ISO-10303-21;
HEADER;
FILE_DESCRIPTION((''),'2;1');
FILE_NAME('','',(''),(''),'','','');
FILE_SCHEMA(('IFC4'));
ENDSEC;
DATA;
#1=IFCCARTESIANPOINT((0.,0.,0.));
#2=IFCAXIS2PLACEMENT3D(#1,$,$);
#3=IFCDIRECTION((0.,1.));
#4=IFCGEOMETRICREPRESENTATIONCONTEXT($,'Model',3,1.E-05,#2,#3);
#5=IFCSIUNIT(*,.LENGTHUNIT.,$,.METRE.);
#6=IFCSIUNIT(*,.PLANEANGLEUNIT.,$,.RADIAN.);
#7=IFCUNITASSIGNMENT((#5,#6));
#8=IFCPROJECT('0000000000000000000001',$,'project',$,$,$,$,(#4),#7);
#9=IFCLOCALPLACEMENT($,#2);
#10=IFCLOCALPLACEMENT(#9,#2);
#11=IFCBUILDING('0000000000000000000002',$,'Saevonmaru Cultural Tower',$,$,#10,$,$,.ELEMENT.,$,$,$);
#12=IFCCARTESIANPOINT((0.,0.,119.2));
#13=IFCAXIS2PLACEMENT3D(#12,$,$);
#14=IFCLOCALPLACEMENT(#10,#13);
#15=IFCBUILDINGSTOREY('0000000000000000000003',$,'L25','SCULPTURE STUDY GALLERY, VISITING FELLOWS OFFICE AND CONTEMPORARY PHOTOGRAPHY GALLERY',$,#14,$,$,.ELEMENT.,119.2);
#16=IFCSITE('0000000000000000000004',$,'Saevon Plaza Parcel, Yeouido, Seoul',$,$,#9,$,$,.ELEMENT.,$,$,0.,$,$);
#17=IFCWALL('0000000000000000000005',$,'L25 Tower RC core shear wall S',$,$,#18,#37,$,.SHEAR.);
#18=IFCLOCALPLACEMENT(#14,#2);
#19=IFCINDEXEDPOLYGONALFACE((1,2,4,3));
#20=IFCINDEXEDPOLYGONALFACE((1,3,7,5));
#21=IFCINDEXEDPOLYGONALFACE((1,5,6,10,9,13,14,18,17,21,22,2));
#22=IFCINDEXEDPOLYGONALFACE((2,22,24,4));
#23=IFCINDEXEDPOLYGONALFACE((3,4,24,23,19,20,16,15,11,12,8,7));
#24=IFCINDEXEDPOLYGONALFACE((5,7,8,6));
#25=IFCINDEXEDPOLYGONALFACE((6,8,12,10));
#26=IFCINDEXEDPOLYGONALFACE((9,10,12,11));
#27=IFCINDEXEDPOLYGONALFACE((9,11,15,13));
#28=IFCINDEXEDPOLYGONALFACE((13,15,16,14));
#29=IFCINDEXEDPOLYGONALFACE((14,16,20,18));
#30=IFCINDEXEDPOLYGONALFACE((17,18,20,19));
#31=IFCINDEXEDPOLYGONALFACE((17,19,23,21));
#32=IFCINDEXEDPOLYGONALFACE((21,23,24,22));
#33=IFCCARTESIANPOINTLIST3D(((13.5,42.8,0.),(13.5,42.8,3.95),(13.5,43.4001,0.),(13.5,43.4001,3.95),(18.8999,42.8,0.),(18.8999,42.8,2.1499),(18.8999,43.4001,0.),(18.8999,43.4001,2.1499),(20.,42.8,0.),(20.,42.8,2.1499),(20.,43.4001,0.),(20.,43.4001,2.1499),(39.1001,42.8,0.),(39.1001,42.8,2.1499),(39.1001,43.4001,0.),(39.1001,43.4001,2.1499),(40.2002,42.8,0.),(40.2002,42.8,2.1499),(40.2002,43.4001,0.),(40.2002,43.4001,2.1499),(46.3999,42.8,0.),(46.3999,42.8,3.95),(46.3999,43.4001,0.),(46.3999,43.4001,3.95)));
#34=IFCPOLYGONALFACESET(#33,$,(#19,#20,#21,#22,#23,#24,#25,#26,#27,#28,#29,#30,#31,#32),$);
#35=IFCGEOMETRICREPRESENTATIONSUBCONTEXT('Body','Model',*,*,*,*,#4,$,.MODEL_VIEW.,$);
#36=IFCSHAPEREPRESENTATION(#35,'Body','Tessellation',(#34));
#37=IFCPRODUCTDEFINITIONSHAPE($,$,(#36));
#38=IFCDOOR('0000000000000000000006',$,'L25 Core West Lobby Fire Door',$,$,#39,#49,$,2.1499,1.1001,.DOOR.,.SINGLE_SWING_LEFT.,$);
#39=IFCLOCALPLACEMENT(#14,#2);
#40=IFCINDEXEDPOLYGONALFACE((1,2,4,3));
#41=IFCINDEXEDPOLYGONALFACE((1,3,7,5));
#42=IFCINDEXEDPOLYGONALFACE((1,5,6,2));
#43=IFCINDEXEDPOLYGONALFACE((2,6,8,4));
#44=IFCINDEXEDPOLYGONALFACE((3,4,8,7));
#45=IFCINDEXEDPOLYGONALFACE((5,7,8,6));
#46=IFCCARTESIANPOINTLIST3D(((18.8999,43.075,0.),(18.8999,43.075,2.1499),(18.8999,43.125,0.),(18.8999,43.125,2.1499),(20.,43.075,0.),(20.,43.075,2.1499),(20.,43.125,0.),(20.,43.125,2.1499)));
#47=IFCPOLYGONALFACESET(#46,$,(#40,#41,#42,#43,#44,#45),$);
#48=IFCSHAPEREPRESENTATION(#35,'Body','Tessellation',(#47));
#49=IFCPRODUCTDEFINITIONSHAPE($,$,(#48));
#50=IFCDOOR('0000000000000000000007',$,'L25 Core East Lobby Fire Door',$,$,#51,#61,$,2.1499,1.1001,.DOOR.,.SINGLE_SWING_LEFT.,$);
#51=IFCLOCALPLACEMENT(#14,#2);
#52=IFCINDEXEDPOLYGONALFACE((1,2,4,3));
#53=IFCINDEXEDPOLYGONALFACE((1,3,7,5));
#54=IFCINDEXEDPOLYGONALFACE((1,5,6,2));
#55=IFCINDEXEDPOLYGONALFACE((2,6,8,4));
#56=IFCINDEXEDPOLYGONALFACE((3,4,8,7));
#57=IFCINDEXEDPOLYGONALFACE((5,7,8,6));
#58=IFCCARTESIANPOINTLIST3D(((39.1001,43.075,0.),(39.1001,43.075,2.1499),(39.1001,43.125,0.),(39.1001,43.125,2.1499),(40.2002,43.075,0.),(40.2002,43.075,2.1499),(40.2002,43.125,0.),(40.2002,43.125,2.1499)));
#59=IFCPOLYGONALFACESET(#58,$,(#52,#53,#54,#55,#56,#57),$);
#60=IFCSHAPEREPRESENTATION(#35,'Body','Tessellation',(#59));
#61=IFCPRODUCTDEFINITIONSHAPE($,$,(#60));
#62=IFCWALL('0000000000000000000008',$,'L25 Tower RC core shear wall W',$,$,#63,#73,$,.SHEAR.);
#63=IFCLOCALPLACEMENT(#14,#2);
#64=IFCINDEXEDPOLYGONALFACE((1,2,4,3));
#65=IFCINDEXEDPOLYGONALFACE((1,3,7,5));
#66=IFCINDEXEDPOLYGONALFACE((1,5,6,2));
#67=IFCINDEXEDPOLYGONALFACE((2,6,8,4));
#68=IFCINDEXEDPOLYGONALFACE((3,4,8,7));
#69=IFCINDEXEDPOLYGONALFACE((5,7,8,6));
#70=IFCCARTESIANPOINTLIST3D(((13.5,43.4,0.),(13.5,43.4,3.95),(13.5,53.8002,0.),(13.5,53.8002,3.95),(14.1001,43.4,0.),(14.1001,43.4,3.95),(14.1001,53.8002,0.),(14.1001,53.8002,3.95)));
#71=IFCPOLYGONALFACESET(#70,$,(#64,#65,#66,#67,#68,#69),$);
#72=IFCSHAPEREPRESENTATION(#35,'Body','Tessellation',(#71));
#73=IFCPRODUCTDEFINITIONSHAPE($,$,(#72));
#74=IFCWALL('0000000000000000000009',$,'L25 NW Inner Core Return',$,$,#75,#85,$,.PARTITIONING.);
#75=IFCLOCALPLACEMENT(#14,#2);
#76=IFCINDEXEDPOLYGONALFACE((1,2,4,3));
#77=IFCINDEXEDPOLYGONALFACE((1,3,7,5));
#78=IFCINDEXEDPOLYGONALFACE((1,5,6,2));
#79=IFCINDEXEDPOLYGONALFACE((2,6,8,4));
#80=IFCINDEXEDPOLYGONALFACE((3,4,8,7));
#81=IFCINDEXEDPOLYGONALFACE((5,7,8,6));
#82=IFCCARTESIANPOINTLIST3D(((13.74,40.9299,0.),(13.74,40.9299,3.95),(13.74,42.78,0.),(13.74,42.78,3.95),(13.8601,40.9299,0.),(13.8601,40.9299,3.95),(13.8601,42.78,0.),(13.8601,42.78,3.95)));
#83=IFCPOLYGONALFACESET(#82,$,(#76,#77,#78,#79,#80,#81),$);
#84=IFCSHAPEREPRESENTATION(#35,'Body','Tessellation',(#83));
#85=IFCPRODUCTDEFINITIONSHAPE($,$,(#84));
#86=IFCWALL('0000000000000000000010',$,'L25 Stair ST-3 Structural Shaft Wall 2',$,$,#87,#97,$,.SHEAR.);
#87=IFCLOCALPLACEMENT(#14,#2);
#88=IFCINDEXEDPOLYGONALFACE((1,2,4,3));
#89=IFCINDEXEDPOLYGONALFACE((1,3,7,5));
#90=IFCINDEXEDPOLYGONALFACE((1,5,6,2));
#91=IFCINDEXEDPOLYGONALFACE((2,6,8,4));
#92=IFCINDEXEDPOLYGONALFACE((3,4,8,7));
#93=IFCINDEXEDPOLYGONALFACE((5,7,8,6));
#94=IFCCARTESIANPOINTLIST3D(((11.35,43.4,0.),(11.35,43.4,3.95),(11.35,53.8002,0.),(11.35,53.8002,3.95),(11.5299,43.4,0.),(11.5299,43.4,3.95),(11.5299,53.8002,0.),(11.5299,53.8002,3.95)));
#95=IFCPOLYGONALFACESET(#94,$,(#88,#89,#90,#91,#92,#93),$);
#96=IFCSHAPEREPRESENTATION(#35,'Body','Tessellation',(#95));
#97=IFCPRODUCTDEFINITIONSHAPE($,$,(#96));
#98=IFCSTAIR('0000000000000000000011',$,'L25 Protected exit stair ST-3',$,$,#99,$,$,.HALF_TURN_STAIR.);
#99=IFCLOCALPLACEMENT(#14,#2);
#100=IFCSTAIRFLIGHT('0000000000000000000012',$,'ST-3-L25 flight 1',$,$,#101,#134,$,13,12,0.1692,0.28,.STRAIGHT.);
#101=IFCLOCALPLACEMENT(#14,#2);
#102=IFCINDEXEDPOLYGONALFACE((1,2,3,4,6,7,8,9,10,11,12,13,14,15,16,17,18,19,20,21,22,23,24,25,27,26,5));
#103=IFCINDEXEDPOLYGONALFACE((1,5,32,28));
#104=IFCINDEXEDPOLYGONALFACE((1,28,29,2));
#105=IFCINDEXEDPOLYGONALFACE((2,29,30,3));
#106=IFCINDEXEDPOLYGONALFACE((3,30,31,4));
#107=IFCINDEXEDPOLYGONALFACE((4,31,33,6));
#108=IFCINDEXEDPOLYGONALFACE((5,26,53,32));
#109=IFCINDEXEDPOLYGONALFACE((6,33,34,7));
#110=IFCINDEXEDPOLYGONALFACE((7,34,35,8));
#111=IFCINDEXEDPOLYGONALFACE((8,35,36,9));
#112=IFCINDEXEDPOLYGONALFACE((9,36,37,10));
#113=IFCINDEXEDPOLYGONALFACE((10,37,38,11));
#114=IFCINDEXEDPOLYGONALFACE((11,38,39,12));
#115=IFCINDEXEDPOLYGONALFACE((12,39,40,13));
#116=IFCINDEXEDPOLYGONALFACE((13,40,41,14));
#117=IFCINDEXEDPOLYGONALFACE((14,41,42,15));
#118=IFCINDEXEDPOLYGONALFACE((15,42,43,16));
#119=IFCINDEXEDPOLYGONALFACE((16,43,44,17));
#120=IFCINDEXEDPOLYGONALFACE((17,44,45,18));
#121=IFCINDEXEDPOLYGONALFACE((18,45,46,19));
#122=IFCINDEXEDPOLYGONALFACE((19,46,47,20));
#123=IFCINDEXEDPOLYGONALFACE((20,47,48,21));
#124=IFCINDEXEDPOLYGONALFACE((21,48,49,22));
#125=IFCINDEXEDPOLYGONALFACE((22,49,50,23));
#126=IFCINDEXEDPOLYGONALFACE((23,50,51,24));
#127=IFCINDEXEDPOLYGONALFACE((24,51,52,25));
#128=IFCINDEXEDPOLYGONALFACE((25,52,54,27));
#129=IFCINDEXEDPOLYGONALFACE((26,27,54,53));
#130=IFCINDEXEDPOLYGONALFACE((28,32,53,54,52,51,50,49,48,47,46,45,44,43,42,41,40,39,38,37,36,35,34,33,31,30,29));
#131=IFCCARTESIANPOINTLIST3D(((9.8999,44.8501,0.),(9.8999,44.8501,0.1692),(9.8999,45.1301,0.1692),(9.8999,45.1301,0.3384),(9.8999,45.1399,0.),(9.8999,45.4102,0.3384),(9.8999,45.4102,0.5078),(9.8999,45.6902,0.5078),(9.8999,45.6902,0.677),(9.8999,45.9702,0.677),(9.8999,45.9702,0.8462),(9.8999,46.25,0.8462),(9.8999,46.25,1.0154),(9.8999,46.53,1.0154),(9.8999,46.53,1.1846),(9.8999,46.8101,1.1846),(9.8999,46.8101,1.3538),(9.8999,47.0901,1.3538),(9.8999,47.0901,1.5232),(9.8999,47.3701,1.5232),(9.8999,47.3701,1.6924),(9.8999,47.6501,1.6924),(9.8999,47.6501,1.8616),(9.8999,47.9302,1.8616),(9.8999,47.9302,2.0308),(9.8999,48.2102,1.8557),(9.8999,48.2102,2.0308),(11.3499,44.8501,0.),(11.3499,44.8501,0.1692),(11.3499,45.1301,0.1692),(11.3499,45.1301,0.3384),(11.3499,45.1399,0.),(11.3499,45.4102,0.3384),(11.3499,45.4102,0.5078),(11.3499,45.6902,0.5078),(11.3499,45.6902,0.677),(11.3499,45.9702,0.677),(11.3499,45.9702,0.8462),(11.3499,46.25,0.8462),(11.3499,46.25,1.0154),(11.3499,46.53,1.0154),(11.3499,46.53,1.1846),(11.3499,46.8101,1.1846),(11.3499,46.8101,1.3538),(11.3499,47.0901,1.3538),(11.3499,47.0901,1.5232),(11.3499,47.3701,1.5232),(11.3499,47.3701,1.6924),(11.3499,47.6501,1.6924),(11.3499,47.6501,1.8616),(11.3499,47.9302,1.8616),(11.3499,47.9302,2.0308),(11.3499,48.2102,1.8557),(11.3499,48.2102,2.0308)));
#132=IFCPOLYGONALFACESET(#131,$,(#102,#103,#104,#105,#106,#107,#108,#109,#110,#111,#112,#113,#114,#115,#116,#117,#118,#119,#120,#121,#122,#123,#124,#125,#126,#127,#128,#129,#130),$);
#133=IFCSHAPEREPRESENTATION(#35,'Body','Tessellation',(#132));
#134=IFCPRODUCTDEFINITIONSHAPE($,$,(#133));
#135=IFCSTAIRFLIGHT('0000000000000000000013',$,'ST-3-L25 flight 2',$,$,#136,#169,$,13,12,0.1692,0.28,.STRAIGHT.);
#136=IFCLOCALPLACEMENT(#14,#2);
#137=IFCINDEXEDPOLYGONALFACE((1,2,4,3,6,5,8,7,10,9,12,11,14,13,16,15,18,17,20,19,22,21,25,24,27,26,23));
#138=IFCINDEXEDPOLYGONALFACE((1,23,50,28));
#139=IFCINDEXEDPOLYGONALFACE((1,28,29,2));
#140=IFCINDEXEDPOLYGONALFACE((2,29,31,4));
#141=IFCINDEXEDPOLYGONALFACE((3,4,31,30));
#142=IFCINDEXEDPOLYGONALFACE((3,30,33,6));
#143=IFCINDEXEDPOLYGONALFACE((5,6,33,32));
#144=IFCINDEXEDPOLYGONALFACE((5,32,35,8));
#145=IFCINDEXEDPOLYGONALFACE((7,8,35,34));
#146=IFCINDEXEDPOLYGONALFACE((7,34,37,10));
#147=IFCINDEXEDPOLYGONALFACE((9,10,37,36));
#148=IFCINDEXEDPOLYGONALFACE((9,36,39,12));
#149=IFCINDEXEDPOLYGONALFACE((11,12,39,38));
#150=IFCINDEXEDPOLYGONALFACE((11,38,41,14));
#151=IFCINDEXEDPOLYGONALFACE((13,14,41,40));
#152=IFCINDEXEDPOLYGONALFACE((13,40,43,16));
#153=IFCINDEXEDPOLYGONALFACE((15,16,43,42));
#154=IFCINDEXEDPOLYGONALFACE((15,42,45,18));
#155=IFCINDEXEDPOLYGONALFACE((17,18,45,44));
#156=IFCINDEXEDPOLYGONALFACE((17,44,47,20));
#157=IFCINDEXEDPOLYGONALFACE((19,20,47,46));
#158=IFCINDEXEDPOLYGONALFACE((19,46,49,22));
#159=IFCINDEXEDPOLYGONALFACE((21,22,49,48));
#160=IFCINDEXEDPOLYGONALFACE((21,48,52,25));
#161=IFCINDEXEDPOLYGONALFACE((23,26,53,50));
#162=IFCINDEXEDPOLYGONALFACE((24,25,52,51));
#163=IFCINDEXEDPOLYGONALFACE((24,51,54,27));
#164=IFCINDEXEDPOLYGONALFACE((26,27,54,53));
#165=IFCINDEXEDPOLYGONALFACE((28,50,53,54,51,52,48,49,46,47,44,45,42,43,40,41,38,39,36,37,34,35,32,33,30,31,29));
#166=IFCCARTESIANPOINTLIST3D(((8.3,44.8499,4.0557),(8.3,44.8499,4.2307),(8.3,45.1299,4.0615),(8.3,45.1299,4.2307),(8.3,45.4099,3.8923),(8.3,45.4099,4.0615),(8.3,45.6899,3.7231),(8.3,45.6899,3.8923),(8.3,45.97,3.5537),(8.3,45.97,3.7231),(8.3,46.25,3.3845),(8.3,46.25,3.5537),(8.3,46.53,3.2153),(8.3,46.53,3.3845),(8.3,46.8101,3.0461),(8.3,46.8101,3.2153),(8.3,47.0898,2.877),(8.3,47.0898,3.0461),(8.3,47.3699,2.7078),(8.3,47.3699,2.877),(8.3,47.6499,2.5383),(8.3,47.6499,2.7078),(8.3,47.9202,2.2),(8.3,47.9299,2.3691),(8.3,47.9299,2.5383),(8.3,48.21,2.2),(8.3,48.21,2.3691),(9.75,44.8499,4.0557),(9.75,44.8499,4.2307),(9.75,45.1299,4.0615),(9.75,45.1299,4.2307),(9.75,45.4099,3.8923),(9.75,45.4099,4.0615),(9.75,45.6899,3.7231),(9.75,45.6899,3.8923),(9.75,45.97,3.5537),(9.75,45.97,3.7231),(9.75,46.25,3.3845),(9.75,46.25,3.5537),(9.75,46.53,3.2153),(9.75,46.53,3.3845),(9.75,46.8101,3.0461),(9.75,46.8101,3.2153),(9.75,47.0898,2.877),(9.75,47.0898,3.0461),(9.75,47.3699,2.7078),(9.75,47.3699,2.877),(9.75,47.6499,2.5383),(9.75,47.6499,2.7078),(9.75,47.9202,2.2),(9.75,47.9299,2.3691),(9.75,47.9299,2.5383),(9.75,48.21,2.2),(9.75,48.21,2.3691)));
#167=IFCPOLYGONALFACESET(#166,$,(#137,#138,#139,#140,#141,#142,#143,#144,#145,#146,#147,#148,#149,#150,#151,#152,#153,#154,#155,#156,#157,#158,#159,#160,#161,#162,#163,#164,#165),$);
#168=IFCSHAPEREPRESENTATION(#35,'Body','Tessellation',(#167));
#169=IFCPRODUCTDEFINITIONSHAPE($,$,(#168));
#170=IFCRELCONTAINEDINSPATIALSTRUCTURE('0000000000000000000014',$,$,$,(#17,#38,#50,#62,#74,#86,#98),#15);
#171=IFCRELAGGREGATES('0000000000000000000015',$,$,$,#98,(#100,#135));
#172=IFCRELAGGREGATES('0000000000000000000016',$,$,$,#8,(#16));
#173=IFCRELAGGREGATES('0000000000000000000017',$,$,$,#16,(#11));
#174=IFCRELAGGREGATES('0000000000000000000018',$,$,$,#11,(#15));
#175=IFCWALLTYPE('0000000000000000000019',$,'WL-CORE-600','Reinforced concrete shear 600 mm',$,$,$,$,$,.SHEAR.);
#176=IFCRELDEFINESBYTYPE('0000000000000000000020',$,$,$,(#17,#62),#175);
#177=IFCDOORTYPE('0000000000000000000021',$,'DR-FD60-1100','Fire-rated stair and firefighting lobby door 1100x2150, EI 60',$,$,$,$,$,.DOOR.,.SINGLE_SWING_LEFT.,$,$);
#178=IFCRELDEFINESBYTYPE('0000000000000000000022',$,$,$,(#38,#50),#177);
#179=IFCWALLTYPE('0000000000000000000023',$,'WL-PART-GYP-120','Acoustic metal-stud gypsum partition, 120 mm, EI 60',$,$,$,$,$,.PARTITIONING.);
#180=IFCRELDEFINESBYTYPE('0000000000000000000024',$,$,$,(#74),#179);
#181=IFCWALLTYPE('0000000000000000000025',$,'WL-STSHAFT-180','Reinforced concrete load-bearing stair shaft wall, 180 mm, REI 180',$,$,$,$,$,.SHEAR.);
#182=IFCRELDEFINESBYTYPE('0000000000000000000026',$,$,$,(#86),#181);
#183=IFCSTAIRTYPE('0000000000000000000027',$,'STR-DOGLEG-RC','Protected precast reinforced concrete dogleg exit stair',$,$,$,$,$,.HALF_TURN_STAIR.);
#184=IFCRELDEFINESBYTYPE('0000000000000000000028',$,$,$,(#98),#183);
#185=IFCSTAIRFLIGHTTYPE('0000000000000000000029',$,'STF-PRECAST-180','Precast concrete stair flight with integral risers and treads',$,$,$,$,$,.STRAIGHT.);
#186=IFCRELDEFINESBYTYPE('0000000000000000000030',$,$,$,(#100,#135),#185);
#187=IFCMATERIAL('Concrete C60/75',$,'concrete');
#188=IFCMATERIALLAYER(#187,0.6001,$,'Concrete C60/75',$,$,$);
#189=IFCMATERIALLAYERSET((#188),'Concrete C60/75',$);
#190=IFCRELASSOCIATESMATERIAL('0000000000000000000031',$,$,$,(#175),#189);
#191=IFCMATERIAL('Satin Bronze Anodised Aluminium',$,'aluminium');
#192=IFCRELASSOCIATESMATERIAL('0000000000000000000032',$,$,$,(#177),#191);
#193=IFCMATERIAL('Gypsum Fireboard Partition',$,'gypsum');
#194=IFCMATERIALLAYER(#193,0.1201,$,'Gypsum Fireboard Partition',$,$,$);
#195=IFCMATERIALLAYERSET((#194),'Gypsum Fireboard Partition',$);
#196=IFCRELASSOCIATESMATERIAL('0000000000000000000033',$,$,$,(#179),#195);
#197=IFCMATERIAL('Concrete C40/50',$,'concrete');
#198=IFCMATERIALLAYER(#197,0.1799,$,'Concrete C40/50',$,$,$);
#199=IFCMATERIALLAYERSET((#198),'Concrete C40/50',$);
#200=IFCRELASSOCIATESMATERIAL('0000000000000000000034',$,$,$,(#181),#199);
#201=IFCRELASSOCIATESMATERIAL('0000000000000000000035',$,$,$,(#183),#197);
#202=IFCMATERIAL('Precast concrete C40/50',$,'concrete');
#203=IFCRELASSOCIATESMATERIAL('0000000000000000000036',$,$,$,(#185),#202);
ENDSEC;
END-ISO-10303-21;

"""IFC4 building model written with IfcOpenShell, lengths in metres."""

from ifc_helpers import new_model, si_unit, direction, frame, frame_2d, origin, place, context, subcontext, project, spatial, polyline, rectangle, outline, extrude, material, layer, layer_set, type_object, element, fill, aggregate, save


model = new_model("IFC4")

# Units and contexts
model_context = context("Model", 3, precision=1e-05, world=origin(), true_north=direction((0.0, 1.0)))
body_context = subcontext(model_context, "Body", "Model", "MODEL_VIEW")
ifc_project = project(units=[si_unit("LENGTHUNIT", "METRE"), si_unit("PLANEANGLEUNIT", "RADIAN")], contexts=[model_context])

# Site, building, storey
site_placement = place(None, origin())
site = spatial("IfcSite", under=ifc_project, at=site_placement, Name="Saevon Plaza Parcel, Yeouido, Seoul", CompositionType="ELEMENT", RefElevation=0.0)
building_placement = place(site_placement, origin())
building = spatial("IfcBuilding", under=site, at=building_placement, Name="Saevonmaru Cultural Tower", CompositionType="ELEMENT")
storey_placement = place(building_placement, frame((0.0, 0.0, 119.2)))
storey = spatial("IfcBuildingStorey", under=building, at=storey_placement, Name="L25", Description="SCULPTURE STUDY GALLERY, VISITING FELLOWS OFFICE AND CONTEMPORARY PHOTOGRAPHY GALLERY", CompositionType="ELEMENT", Elevation=119.2)

# Shared definitions
ifc_material_1 = material(Name="Satin Bronze Anodised Aluminium", Category="aluminium")

# Wall, openings, doors
ifc_material_2 = material(Name="Concrete C60/75", Category="concrete")
ifc_layer_1 = layer(ifc_material_2, 0.6001, Name="Concrete C60/75")
ifc_layer_set_1 = layer_set([ifc_layer_1], Name="Concrete C60/75")
wall_type_1 = type_object("IfcWallType", Name="WL-CORE-600", Description="Reinforced concrete shear 600 mm", PredefinedType="SHEAR", material=ifc_layer_set_1)
wall_1_placement = place(storey_placement, frame((13.5, 43.1001, 0.0), z_axis=(0.0, 0.0, 1.0), x_axis=(1.0, 0.0, 0.0)))
wall_1 = element("IfcWall", 1, at=wall_1_placement, inside=storey, type_object=wall_type_1, Name="L25 Tower RC core shear wall S", PredefinedType="SHEAR", context=body_context, shape_type="SweptSolid", body=[
    extrude(rectangle(XDim=32.8999, YDim=0.6001, at=frame_2d((16.45, 0.0))), origin(), (0.0, 0.0, 1.0), 3.95),
])
opening_1_placement = place(wall_1_placement, frame((5.3999, 0.0, 0.0)))
opening_1 = element("IfcOpeningElement", 2, at=opening_1_placement, cuts=wall_1, PredefinedType="OPENING", context=body_context, shape_type="SweptSolid", body=[
    extrude(rectangle(XDim=1.1001, YDim=2.1499, at=frame_2d((0.55, 1.075))), frame((0.0, 0.3101, 0.0), z_axis=(0.0, -1.0, 0.0), x_axis=(1.0, 0.0, 0.0)), (0.0, 0.0, 1.0), 0.6201),
])
opening_2_placement = place(wall_1_placement, frame((25.6001, 0.0, 0.0)))
opening_2 = element("IfcOpeningElement", 3, at=opening_2_placement, cuts=wall_1, PredefinedType="OPENING", context=body_context, shape_type="SweptSolid", body=[
    extrude(rectangle(XDim=1.1001, YDim=2.1499, at=frame_2d((0.55, 1.075))), frame((0.0, 0.3101, 0.0), z_axis=(0.0, -1.0, 0.0), x_axis=(1.0, 0.0, 0.0)), (0.0, 0.0, 1.0), 0.6201),
])
door_type = type_object("IfcDoorType", Name="DR-FD60-1100", Description="Fire-rated stair and firefighting lobby door 1100x2150, EI 60", OperationType="SINGLE_SWING_LEFT", PredefinedType="DOOR", material=ifc_material_1)
door_1_placement = place(opening_1_placement, origin())
door_1 = element("IfcDoor", 4, at=door_1_placement, inside=storey, type_object=door_type, Name="L25 Core West Lobby Fire Door", OperationType="SINGLE_SWING_LEFT", OverallHeight=2.1499, OverallWidth=1.1001, PredefinedType="DOOR", context=body_context, shape_type="SweptSolid", body=[
    extrude(rectangle(XDim=1.1001, YDim=2.1499, at=frame_2d((0.55, 1.075))), frame((0.0, 0.0249, 0.0), z_axis=(0.0, -1.0, 0.0), x_axis=(1.0, 0.0, 0.0)), (0.0, 0.0, 1.0), 0.05),
])
fill(opening_1, door_1)
door_2_placement = place(opening_2_placement, origin())
door_2 = element("IfcDoor", 5, at=door_2_placement, inside=storey, type_object=door_type, Name="L25 Core East Lobby Fire Door", OperationType="SINGLE_SWING_LEFT", OverallHeight=2.1499, OverallWidth=1.1001, PredefinedType="DOOR", context=body_context, shape_type="SweptSolid", body=[
    extrude(rectangle(XDim=1.1001, YDim=2.1499, at=frame_2d((0.55, 1.075))), frame((0.0, 0.0249, 0.0), z_axis=(0.0, -1.0, 0.0), x_axis=(1.0, 0.0, 0.0)), (0.0, 0.0, 1.0), 0.05),
])
fill(opening_2, door_2)

# Walls
wall_2_placement = place(storey_placement, frame((13.8, 43.3999, 0.0), z_axis=(0.0, 0.0, 1.0), x_axis=(0.0, 1.0, 0.0)))
element("IfcWall", 6, at=wall_2_placement, inside=storey, type_object=wall_type_1, Name="L25 Tower RC core shear wall W", PredefinedType="SHEAR", context=body_context, shape_type="SweptSolid", body=[
    extrude(rectangle(XDim=10.4001, YDim=0.6001, at=frame_2d((5.2002, 0.0))), origin(), (0.0, 0.0, 1.0), 3.95),
])
ifc_material_3 = material(Name="Gypsum Fireboard Partition", Category="gypsum")
ifc_layer_2 = layer(ifc_material_3, 0.1201, Name="Gypsum Fireboard Partition")
ifc_layer_set_2 = layer_set([ifc_layer_2], Name="Gypsum Fireboard Partition")
wall_type_2 = type_object("IfcWallType", Name="WL-PART-GYP-120", Description="Acoustic metal-stud gypsum partition, 120 mm, EI 60", PredefinedType="PARTITIONING", material=ifc_layer_set_2)
wall_3_placement = place(storey_placement, frame((13.8, 40.9299, 0.0), z_axis=(0.0, 0.0, 1.0), x_axis=(0.0, 1.0, 0.0)))
element("IfcWall", 7, at=wall_3_placement, inside=storey, type_object=wall_type_2, Name="L25 NW Inner Core Return", PredefinedType="PARTITIONING", context=body_context, shape_type="SweptSolid", body=[
    extrude(rectangle(XDim=1.8501, YDim=0.1201, at=frame_2d((0.925, 0.0))), origin(), (0.0, 0.0, 1.0), 3.95),
])

# Shared definitions
ifc_material_4 = material(Name="Concrete C40/50", Category="concrete")
ifc_layer_3 = layer(ifc_material_4, 0.1799, Name="Concrete C40/50")
ifc_layer_set_3 = layer_set([ifc_layer_3], Name="Concrete C40/50")
wall_type_3 = type_object("IfcWallType", Name="WL-STSHAFT-180", Description="Reinforced concrete load-bearing stair shaft wall, 180 mm, REI 180", PredefinedType="SHEAR", material=ifc_layer_set_3)

# Wall
wall_4_placement = place(storey_placement, frame((11.4399, 43.3999, 0.0), z_axis=(0.0, 0.0, 1.0), x_axis=(0.0, 1.0, 0.0)))
element("IfcWall", 8, at=wall_4_placement, inside=storey, type_object=wall_type_3, Name="L25 Stair ST-3 Structural Shaft Wall 2", PredefinedType="SHEAR", context=body_context, shape_type="SweptSolid", body=[
    extrude(rectangle(XDim=10.4001, YDim=0.1799, at=frame_2d((5.2002, 0.0))), origin(), (0.0, 0.0, 1.0), 3.95),
])

# Stair, stair flights
stair_type = type_object("IfcStairType", Name="STR-DOGLEG-RC", Description="Protected precast reinforced concrete dogleg exit stair", PredefinedType="HALF_TURN_STAIR", material=ifc_material_4)
stair_placement = place(storey_placement, origin())
stair = element("IfcStair", 9, at=stair_placement, inside=storey, type_object=stair_type, Name="L25 Protected exit stair ST-3", PredefinedType="HALF_TURN_STAIR")
ifc_material_5 = material(Name="Precast concrete C40/50", Category="concrete")
stair_flight_type = type_object("IfcStairFlightType", Name="STF-PRECAST-180", Description="Precast concrete stair flight with integral risers and treads", PredefinedType="STRAIGHT", material=ifc_material_5)
stair_flight_1_placement = place(storey_placement, frame((10.625, 44.8501, 0.0), z_axis=(0.0, 0.0, 1.0), x_axis=(0.0, 1.0, 0.0)))
stair_flight_1 = element("IfcStairFlight", 10, at=stair_flight_1_placement, type_object=stair_flight_type, Name="ST-3-L25 flight 1", NumberOfRisers=13, NumberOfTreads=12, PredefinedType="STRAIGHT", RiserHeight=0.1692, TreadLength=0.28, context=body_context, shape_type="SweptSolid", body=[
    extrude(outline(polyline([(0.0, 0.0), (0.0, 0.1692), (0.28, 0.1692), (0.28, 0.3384), (0.5601, 0.3384), (0.5601, 0.5078), (0.8401, 0.5078), (0.8401, 0.677), (1.1201, 0.677), (1.1201, 0.8462), (1.3999, 0.8462), (1.3999, 1.0154), (1.6799, 1.0154), (1.6799, 1.1846), (1.96, 1.1846), (1.96, 1.3538), (2.24, 1.3538), (2.24, 1.5232), (2.52, 1.5232), (2.52, 1.6924), (2.8, 1.6924), (2.8, 1.8616), (3.0801, 1.8616), (3.0801, 2.0308), (3.3601, 2.0308), (3.3601, 2.2), (3.3601, 1.8557), (0.2898, 0.0), (0.0, 0.0)])), frame((0.0, 0.7251, 0.0), z_axis=(0.0, -1.0, 0.0), x_axis=(1.0, 0.0, 0.0)), (0.0, 0.0, 1.0), 1.45),
])
stair_flight_2_placement = place(storey_placement, frame((9.0249, 48.21, 2.2), z_axis=(0.0, 0.0, 1.0), x_axis=(0.0, -1.0, 0.0)))
stair_flight_2 = element("IfcStairFlight", 11, at=stair_flight_2_placement, type_object=stair_flight_type, Name="ST-3-L25 flight 2", NumberOfRisers=13, NumberOfTreads=12, PredefinedType="STRAIGHT", RiserHeight=0.1692, TreadLength=0.28, context=body_context, shape_type="SweptSolid", body=[
    extrude(outline(polyline([(0.0, 0.0), (0.0, 0.1692), (0.28, 0.1692), (0.28, 0.3384), (0.5601, 0.3384), (0.5601, 0.5078), (0.8401, 0.5078), (0.8401, 0.677), (1.1201, 0.677), (1.1201, 0.8462), (1.3999, 0.8462), (1.3999, 1.0154), (1.6799, 1.0154), (1.6799, 1.1846), (1.96, 1.1846), (1.96, 1.3538), (2.24, 1.3538), (2.24, 1.5232), (2.52, 1.5232), (2.52, 1.6924), (2.8, 1.6924), (2.8, 1.8616), (3.0801, 1.8616), (3.0801, 2.0308), (3.3601, 2.0308), (3.3601, 2.2), (3.3601, 1.8557), (0.2898, 0.0), (0.0, 0.0)])), frame((0.0, 0.7251, 0.0), z_axis=(0.0, -1.0, 0.0), x_axis=(1.0, 0.0, 0.0)), (0.0, 0.0, 1.0), 1.45),
])
aggregate(stair, [stair_flight_1, stair_flight_2])

save(model, "model.ifc")
